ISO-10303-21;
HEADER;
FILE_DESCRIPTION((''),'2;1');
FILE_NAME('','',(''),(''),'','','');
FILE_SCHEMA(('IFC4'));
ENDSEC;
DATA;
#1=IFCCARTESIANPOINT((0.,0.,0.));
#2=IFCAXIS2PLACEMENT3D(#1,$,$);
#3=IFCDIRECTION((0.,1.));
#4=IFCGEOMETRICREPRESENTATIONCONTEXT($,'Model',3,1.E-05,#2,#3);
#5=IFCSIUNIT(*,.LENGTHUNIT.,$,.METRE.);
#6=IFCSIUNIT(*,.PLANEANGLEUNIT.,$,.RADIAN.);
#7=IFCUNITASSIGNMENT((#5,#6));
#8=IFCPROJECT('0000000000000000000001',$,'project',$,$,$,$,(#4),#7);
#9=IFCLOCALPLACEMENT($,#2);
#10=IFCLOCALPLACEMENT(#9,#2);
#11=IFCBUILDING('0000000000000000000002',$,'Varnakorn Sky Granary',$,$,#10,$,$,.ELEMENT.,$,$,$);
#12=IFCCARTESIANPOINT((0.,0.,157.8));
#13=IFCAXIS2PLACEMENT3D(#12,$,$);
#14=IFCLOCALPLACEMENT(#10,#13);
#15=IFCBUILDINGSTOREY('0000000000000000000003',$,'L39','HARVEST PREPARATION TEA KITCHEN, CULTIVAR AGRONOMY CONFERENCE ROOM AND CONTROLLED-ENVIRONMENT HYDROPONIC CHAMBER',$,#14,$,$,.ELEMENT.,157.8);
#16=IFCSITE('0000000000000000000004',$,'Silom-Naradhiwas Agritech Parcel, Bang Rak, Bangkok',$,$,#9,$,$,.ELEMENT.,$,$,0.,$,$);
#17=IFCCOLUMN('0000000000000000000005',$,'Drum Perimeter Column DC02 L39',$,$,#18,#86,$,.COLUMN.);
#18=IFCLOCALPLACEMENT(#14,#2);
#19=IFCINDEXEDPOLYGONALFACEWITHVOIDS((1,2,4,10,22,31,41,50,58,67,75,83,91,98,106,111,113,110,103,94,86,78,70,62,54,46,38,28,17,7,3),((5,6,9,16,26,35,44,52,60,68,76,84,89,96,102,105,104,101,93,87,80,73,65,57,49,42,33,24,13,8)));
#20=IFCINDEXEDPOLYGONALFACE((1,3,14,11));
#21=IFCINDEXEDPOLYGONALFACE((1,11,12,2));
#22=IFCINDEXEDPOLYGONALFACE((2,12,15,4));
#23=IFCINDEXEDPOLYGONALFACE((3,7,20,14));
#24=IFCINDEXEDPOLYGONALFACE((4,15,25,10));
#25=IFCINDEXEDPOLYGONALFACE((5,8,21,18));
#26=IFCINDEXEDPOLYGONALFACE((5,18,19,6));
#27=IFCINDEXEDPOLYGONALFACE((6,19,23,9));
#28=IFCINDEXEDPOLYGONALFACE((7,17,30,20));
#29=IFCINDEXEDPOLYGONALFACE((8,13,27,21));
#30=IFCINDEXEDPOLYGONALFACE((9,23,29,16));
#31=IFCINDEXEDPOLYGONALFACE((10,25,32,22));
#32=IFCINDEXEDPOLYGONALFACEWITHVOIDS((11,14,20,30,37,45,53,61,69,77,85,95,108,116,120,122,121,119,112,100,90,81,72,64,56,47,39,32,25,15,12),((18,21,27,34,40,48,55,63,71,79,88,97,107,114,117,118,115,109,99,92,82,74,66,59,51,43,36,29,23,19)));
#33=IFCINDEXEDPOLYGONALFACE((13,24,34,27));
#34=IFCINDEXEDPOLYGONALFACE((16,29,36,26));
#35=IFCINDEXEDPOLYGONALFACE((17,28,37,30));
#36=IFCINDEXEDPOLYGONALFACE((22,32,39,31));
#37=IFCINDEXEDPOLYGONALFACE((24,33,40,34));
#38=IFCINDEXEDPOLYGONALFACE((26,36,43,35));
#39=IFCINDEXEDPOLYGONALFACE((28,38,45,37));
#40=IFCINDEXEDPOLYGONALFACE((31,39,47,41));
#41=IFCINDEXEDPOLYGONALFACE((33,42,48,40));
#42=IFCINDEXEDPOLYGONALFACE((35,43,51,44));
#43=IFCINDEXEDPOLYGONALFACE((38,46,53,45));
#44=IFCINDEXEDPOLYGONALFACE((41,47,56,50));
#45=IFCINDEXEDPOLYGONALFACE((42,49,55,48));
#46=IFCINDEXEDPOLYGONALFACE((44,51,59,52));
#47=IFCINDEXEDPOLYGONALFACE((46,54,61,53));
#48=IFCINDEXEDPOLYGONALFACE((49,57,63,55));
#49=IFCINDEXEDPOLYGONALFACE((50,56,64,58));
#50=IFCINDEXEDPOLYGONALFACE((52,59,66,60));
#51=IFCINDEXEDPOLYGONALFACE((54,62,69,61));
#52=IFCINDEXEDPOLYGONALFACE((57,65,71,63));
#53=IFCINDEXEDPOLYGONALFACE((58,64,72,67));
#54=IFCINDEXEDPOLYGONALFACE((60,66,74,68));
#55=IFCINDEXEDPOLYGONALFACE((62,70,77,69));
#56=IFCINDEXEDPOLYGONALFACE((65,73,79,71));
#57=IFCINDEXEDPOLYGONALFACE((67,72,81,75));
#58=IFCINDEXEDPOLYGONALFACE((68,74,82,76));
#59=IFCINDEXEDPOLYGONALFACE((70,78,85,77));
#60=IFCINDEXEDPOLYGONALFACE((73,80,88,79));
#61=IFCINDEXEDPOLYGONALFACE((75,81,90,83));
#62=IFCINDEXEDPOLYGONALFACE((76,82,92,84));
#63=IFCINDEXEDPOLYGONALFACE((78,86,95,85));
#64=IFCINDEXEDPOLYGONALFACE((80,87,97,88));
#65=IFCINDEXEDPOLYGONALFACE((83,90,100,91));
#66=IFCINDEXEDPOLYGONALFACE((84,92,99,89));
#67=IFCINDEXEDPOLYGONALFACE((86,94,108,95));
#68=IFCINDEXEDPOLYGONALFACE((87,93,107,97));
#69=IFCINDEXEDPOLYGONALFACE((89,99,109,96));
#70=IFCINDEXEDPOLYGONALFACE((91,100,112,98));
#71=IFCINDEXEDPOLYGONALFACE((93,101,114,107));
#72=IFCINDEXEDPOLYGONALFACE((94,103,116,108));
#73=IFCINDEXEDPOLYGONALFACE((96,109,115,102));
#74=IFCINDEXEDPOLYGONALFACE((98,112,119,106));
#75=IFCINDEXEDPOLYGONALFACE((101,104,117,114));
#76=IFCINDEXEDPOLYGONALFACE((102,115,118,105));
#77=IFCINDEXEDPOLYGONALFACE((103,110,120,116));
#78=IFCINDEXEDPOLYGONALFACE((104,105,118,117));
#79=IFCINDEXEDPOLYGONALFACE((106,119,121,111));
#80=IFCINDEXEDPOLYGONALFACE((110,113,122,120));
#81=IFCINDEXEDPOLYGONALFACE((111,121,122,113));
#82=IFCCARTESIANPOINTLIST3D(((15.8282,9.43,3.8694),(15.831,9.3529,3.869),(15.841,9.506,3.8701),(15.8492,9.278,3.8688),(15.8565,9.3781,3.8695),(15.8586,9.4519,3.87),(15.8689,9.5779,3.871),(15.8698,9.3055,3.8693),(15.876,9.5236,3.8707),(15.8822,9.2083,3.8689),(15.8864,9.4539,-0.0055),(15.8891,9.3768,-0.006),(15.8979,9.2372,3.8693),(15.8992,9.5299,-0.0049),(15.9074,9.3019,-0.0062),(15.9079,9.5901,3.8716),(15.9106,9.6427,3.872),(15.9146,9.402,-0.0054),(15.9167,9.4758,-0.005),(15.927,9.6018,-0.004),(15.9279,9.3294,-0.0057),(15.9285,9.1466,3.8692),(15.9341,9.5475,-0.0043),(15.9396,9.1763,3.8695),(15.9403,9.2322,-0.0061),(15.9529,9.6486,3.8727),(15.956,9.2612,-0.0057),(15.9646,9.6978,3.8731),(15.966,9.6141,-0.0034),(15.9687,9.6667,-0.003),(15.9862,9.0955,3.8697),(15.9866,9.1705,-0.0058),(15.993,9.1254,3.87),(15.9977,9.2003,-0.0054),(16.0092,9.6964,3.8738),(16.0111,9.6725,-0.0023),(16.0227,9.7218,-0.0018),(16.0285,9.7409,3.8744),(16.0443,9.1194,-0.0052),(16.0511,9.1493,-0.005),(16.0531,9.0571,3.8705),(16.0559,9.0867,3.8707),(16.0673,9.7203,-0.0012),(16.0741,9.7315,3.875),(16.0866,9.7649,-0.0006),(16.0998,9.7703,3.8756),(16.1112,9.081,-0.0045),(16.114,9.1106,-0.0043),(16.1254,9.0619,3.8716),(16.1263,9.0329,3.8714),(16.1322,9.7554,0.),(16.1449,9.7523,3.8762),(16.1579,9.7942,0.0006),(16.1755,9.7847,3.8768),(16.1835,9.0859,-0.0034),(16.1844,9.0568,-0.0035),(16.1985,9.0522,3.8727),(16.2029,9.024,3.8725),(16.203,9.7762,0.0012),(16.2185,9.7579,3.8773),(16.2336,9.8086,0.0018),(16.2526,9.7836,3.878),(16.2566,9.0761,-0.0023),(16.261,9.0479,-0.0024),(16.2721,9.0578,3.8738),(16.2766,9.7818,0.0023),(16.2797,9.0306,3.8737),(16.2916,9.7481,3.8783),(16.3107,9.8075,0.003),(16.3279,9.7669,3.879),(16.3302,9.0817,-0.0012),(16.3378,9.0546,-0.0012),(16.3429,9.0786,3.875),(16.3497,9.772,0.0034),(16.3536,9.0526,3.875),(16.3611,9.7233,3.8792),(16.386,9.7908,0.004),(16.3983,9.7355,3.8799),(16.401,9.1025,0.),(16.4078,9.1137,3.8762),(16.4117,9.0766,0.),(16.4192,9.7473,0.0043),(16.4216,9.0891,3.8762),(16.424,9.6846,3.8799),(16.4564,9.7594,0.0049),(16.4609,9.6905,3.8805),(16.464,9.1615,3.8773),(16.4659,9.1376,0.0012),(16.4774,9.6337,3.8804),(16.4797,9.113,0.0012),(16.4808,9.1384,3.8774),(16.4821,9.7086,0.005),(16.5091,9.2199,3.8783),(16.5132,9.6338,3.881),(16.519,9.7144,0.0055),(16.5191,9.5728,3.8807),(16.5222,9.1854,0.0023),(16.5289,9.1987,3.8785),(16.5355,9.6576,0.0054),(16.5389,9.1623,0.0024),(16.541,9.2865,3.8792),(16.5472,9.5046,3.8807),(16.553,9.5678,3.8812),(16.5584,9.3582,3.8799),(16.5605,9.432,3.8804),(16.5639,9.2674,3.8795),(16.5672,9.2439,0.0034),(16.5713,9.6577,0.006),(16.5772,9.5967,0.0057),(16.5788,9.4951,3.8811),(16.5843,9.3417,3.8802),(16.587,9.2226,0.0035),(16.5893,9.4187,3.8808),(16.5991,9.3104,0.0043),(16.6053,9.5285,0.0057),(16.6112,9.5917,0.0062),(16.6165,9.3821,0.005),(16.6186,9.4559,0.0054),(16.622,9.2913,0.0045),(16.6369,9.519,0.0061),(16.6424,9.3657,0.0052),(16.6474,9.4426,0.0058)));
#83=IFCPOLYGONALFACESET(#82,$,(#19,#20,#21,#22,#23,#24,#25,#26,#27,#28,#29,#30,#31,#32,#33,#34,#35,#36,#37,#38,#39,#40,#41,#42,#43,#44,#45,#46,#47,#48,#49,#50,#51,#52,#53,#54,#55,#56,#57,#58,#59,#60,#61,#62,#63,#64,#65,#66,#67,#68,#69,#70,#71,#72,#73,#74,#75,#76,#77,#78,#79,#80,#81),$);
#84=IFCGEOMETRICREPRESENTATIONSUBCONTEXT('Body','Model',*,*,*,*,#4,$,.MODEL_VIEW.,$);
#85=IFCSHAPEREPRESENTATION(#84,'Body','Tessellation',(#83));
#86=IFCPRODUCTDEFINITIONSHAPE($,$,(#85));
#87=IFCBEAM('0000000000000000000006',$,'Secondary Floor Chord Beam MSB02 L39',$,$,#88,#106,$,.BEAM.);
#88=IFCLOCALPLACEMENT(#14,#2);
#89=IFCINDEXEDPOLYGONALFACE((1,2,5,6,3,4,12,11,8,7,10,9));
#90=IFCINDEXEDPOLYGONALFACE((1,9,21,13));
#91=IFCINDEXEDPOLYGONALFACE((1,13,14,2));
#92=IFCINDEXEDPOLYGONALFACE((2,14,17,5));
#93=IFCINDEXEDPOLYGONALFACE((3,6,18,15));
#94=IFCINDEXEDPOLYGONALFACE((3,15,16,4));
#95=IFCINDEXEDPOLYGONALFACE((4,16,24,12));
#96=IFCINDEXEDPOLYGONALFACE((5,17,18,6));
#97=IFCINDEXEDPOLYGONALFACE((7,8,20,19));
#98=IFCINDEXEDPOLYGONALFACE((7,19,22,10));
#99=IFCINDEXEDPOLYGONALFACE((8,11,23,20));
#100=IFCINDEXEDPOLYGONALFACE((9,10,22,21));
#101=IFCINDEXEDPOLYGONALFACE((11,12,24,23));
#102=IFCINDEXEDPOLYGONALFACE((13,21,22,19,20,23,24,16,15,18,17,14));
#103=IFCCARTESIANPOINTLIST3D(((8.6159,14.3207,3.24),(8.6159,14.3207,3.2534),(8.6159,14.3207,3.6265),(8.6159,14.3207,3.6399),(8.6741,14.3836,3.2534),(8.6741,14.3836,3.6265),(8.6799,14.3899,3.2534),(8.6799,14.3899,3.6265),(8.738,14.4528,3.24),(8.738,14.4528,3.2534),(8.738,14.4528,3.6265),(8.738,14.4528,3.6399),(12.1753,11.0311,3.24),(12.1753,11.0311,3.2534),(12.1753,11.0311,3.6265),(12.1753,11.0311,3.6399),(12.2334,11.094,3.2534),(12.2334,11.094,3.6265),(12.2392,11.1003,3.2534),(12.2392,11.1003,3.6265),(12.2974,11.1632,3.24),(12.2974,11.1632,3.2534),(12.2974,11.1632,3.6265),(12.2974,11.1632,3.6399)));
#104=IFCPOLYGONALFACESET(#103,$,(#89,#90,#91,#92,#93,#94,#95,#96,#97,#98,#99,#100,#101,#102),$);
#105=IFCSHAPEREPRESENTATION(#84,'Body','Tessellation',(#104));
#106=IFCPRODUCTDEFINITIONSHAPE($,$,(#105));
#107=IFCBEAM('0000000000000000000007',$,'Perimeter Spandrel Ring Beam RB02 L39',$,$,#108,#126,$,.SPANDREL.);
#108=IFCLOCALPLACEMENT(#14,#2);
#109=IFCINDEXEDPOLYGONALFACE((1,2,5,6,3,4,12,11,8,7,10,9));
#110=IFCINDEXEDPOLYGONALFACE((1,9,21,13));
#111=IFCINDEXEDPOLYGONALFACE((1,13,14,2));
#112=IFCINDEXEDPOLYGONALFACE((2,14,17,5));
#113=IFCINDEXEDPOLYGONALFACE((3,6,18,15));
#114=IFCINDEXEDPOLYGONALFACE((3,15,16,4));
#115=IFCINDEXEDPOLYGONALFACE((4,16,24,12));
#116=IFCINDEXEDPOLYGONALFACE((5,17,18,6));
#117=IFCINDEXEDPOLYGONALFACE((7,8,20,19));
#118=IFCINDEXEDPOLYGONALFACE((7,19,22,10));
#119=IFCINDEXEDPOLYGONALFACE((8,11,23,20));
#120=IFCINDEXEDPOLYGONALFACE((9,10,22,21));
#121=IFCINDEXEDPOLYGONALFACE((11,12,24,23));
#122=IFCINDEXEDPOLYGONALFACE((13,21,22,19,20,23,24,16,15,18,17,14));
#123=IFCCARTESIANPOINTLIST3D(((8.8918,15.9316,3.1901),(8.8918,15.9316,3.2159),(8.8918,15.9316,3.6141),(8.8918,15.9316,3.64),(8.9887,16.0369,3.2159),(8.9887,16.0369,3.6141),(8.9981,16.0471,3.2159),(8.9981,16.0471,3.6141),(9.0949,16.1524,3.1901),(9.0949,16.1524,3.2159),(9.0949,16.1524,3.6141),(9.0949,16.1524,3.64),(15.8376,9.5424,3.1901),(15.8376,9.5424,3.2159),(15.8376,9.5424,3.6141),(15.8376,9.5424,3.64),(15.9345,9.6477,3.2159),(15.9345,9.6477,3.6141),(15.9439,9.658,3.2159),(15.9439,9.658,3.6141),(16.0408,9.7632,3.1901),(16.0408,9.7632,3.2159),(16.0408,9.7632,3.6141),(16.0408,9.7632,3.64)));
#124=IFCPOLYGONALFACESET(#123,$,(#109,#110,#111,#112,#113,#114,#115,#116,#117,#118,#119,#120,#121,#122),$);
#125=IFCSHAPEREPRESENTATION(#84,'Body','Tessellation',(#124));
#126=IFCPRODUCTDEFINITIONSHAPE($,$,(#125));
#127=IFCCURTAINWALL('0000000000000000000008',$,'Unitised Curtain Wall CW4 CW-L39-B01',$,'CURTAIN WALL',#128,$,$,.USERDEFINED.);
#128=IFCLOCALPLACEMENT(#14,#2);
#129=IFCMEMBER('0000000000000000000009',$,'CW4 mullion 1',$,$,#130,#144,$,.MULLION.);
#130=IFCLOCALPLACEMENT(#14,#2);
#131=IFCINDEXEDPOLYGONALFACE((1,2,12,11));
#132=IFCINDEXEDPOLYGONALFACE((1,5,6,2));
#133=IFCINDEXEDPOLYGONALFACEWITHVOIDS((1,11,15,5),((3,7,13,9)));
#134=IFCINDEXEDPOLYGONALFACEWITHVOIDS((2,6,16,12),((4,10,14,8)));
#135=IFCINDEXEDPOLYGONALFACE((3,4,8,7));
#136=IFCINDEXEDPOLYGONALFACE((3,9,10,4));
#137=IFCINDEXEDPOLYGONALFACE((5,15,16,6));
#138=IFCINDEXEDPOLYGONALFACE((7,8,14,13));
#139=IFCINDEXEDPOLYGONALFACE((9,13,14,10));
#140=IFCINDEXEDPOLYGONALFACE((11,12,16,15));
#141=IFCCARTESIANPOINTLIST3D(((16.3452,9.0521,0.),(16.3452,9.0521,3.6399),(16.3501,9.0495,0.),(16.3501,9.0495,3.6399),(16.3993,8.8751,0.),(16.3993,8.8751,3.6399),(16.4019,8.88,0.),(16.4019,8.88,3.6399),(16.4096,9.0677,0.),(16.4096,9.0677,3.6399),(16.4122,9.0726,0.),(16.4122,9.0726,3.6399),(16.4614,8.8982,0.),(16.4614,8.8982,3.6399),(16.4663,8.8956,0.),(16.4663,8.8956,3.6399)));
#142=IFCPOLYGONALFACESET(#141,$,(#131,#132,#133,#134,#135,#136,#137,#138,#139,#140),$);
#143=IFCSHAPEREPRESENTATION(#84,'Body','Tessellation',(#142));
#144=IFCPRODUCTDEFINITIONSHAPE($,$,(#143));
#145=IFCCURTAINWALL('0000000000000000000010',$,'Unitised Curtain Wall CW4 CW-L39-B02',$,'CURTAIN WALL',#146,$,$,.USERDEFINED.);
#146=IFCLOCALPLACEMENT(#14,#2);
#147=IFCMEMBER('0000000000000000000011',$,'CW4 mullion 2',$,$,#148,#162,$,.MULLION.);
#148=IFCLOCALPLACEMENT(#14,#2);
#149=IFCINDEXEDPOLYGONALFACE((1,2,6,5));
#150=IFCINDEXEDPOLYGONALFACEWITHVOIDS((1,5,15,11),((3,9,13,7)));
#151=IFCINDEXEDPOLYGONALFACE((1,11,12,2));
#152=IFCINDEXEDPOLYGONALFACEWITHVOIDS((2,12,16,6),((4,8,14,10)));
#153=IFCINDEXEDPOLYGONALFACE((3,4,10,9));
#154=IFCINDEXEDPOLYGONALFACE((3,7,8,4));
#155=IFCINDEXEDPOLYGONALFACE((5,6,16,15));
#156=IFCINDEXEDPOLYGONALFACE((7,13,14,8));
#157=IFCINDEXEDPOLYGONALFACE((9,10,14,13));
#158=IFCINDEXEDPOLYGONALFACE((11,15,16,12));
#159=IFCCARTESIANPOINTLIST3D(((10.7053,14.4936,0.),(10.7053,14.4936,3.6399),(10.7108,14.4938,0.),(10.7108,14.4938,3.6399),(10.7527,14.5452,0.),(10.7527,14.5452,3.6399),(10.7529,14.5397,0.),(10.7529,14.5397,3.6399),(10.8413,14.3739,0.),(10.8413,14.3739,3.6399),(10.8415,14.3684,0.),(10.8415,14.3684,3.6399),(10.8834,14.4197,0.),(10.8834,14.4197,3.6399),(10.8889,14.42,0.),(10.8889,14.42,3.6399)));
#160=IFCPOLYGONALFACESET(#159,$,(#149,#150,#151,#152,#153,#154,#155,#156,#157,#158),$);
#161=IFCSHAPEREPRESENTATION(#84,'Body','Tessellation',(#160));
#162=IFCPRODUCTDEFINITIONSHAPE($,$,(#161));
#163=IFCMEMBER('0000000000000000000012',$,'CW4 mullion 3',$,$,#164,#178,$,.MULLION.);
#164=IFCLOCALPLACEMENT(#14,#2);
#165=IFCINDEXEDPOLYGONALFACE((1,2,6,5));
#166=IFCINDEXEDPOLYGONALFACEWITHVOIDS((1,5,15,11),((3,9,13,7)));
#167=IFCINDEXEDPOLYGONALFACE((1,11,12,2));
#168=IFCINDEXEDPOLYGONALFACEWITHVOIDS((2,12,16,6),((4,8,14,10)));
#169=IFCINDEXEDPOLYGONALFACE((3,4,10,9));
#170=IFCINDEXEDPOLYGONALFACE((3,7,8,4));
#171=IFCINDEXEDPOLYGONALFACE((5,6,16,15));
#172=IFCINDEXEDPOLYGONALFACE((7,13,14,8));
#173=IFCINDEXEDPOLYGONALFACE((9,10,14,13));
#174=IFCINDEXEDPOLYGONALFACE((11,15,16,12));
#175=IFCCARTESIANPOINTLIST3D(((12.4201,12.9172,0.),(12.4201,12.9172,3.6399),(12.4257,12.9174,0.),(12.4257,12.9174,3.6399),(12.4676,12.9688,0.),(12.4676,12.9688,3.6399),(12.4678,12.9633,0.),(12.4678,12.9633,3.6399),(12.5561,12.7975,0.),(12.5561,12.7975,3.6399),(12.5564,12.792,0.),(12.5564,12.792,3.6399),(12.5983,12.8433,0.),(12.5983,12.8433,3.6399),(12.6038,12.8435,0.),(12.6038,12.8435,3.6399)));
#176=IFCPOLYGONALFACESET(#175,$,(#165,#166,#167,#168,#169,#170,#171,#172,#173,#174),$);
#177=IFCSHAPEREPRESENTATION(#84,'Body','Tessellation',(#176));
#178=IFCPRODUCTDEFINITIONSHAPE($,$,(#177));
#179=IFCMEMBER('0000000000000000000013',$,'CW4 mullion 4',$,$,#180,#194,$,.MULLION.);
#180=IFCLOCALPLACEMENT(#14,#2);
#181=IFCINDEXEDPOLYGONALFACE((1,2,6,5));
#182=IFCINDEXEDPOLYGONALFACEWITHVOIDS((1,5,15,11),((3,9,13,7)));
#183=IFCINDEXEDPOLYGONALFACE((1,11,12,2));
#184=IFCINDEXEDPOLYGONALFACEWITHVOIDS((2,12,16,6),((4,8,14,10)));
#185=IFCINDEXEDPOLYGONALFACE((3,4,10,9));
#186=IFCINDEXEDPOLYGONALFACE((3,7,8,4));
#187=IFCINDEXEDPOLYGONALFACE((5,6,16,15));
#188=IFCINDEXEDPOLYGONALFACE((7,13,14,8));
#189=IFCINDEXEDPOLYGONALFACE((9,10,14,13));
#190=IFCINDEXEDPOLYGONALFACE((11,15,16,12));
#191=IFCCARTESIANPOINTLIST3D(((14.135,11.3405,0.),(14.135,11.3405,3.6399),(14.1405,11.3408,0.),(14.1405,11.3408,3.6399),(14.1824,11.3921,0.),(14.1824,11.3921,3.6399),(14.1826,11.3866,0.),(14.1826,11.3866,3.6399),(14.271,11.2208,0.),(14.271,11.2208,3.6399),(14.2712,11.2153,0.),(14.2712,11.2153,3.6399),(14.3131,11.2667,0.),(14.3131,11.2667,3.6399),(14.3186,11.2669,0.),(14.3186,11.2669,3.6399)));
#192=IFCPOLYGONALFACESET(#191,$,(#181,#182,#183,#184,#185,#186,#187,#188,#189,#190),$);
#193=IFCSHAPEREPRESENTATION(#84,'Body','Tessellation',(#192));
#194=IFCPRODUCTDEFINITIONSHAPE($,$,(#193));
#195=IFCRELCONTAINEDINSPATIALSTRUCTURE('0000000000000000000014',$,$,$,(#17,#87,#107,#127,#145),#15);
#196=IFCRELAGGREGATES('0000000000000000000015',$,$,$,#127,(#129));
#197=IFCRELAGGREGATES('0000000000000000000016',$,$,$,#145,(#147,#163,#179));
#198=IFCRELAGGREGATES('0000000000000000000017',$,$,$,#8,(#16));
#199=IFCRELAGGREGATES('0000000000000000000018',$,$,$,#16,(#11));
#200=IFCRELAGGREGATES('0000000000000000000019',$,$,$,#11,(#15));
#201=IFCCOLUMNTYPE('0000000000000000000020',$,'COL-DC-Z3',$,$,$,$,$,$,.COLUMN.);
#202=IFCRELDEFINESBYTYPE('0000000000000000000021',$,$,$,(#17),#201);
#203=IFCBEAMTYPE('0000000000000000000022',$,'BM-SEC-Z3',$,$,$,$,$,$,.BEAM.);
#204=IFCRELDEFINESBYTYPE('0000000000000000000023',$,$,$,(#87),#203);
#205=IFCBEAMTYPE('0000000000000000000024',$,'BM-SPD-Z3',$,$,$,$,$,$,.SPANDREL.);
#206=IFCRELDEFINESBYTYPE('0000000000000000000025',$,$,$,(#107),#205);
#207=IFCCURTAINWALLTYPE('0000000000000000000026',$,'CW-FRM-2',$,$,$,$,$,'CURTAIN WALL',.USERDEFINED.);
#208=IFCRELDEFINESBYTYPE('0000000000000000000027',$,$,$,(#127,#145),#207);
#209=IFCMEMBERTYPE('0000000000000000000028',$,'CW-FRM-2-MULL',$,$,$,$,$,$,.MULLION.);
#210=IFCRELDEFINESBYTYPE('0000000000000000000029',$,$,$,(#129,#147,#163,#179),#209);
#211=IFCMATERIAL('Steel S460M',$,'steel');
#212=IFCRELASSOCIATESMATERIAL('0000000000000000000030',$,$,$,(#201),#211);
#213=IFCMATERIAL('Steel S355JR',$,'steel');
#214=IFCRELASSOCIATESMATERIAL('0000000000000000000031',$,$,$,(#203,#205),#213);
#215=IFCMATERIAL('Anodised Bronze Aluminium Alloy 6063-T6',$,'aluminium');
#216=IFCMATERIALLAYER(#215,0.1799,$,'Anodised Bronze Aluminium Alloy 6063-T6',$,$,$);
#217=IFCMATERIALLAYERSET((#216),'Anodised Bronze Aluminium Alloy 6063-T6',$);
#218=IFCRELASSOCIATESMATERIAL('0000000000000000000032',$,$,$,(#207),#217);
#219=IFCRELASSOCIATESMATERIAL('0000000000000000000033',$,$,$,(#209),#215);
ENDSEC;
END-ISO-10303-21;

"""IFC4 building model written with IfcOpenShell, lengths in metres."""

from ifc_helpers import new_model, si_unit, direction, frame, origin, origin_2d, place, context, subcontext, project, spatial, hollow_rectangle, hollow_circle, i_section, extrude, material, layer, layer_set, material_profile, profile_set, type_object, element, aggregate, save


model = new_model("IFC4")

# Units and contexts
model_context = context("Model", 3, precision=1e-05, world=origin(), true_north=direction((0.0, 1.0)))
body_context = subcontext(model_context, "Body", "Model", "MODEL_VIEW")
ifc_project = project(units=[si_unit("LENGTHUNIT", "METRE"), si_unit("PLANEANGLEUNIT", "RADIAN")], contexts=[model_context])

# Site, building, storey
site_placement = place(None, origin())
site = spatial("IfcSite", under=ifc_project, at=site_placement, Name="Silom-Naradhiwas Agritech Parcel, Bang Rak, Bangkok", CompositionType="ELEMENT", RefElevation=0.0)
building_placement = place(site_placement, origin())
building = spatial("IfcBuilding", under=site, at=building_placement, Name="Varnakorn Sky Granary", CompositionType="ELEMENT")
storey_placement = place(building_placement, frame((0.0, 0.0, 157.8)))
storey = spatial("IfcBuildingStorey", under=building, at=storey_placement, Name="L39", Description="HARVEST PREPARATION TEA KITCHEN, CULTIVAR AGRONOMY CONFERENCE ROOM AND CONTROLLED-ENVIRONMENT HYDROPONIC CHAMBER", CompositionType="ELEMENT", Elevation=157.8)

# Column
ifc_material_1 = material(Name="Steel S460M", Category="steel")
ifc_material_profile_1 = material_profile(ifc_material_1, hollow_circle(Radius=0.3811, WallThickness=0.0281, at=origin_2d()), Name="CHS 762x28")
ifc_profile_set_1 = profile_set([ifc_material_profile_1], Name="Steel S460M")
column_type = type_object("IfcColumnType", Name="COL-DC-Z3", PredefinedType="COLUMN", material=ifc_profile_set_1)
column_placement = place(storey_placement, frame((16.2666, 9.429, 0.0), z_axis=(-0.014993, -0.006174, 0.999869), x_axis=(0.38075, -0.924678, 0.0)))
element("IfcColumn", 1, at=column_placement, inside=storey, type_object=column_type, Name="Drum Perimeter Column DC02 L39", PredefinedType="COLUMN", context=body_context, shape_type="SweptSolid", body=[
    extrude(hollow_circle(Radius=0.3811, WallThickness=0.0281, at=origin_2d()), origin(), (0.0, 0.0, 1.0), 3.8755),
])

# Beams
ifc_material_2 = material(Name="Steel S355JR", Category="steel")
ifc_material_profile_2 = material_profile(ifc_material_2, i_section(OverallWidth=0.1799, OverallDepth=0.3999, WebThickness=0.0085, FlangeThickness=0.0134, at=origin_2d()), Name="IPE 400")
ifc_profile_set_2 = profile_set([ifc_material_profile_2], Name="Steel S355JR")
beam_type_1 = type_object("IfcBeamType", Name="BM-SEC-Z3", PredefinedType="BEAM", material=ifc_profile_set_2)
beam_1_placement = place(storey_placement, frame((12.2363, 11.0972, 3.4399), z_axis=(-0.73439, 0.678728, 0.0), x_axis=(-0.678728, -0.73439, 0.0)))
element("IfcBeam", 2, at=beam_1_placement, inside=storey, type_object=beam_type_1, Name="Secondary Floor Chord Beam MSB02 L39", PredefinedType="BEAM", context=body_context, shape_type="SweptSolid", body=[
    extrude(i_section(OverallWidth=0.1799, OverallDepth=0.3999, WebThickness=0.0085, FlangeThickness=0.0134, at=origin_2d()), origin(), (0.0, 0.0, 1.0), 4.8467),
])
ifc_material_profile_3 = material_profile(ifc_material_2, i_section(OverallWidth=0.3, OverallDepth=0.45, WebThickness=0.0139, FlangeThickness=0.0259, at=origin_2d()), Name="HE 450 B")
ifc_profile_set_3 = profile_set([ifc_material_profile_3], Name="Steel S355JR")
beam_type_2 = type_object("IfcBeamType", Name="BM-SPD-Z3", PredefinedType="SPANDREL", material=ifc_profile_set_3)
beam_2_placement = place(storey_placement, frame((15.9392, 9.6528, 3.415), z_axis=(-0.735983, 0.677, 0.0), x_axis=(-0.677, -0.735983, 0.0)))
element("IfcBeam", 3, at=beam_2_placement, inside=storey, type_object=beam_type_2, Name="Perimeter Spandrel Ring Beam RB02 L39", PredefinedType="SPANDREL", context=body_context, shape_type="SweptSolid", body=[
    extrude(i_section(OverallWidth=0.3, OverallDepth=0.45, WebThickness=0.0139, FlangeThickness=0.0259, at=origin_2d()), origin(), (0.0, 0.0, 1.0), 9.4375),
])

# Curtain wall, member
ifc_material_3 = material(Name="Anodised Bronze Aluminium Alloy 6063-T6", Category="aluminium")
ifc_layer_1 = layer(ifc_material_3, 0.1799, Name="Anodised Bronze Aluminium Alloy 6063-T6")
ifc_layer_set_1 = layer_set([ifc_layer_1], Name="Anodised Bronze Aluminium Alloy 6063-T6")
curtain_wall_type = type_object("IfcCurtainWallType", Name="CW-FRM-2", ElementType="CURTAIN WALL", PredefinedType="USERDEFINED", material=ifc_layer_set_1)
curtain_wall_1_placement = place(storey_placement, origin())
curtain_wall_1 = element("IfcCurtainWall", 4, at=curtain_wall_1_placement, inside=storey, type_object=curtain_wall_type, Name="Unitised Curtain Wall CW4 CW-L39-B01", ObjectType="CURTAIN WALL", PredefinedType="USERDEFINED")
ifc_material_profile_4 = material_profile(ifc_material_3, hollow_rectangle(XDim=0.0701, YDim=0.1851, WallThickness=0.0039, at=origin_2d()), Name="ALU MULL 70x185")
ifc_profile_set_4 = profile_set([ifc_material_profile_4], Name="Anodised Bronze Aluminium Alloy 6063-T6")
member_type_1 = type_object("IfcMemberType", Name="CW-FRM-2-MULL", PredefinedType="MULLION", material=ifc_profile_set_4)
member_1_placement = place(storey_placement, frame((16.4058, 8.9739, 0.0), z_axis=(0.0, 0.0, 1.0), x_axis=(0.956285, 0.292435, 0.0)))
member_1 = element("IfcMember", 5, at=member_1_placement, type_object=member_type_1, Name="CW4 mullion 1", PredefinedType="MULLION", context=body_context, shape_type="SweptSolid", body=[
    extrude(hollow_rectangle(XDim=0.0701, YDim=0.1851, WallThickness=0.0039, at=origin_2d()), origin(), (0.0, 0.0, 1.0), 3.6399),
])

# Curtain wall, members
curtain_wall_2_placement = place(storey_placement, origin())
curtain_wall_2 = element("IfcCurtainWall", 6, at=curtain_wall_2_placement, inside=storey, type_object=curtain_wall_type, Name="Unitised Curtain Wall CW4 CW-L39-B02", ObjectType="CURTAIN WALL", PredefinedType="USERDEFINED")
member_2_placement = place(storey_placement, frame((10.7971, 14.4568, 0.0), z_axis=(0.0, 0.0, 1.0), x_axis=(0.676758, 0.736205, 0.0)))
member_2 = element("IfcMember", 7, at=member_2_placement, type_object=member_type_1, Name="CW4 mullion 2", PredefinedType="MULLION", context=body_context, shape_type="SweptSolid", body=[
    extrude(hollow_rectangle(XDim=0.0701, YDim=0.1851, WallThickness=0.0039, at=origin_2d()), origin(), (0.0, 0.0, 1.0), 3.6399),
])
member_3_placement = place(storey_placement, frame((12.512, 12.8804, 0.0), z_axis=(0.0, 0.0, 1.0), x_axis=(0.676758, 0.736205, 0.0)))
member_3 = element("IfcMember", 8, at=member_3_placement, type_object=member_type_1, Name="CW4 mullion 3", PredefinedType="MULLION", context=body_context, shape_type="SweptSolid", body=[
    extrude(hollow_rectangle(XDim=0.0701, YDim=0.1851, WallThickness=0.0039, at=origin_2d()), origin(), (0.0, 0.0, 1.0), 3.6399),
])
member_4_placement = place(storey_placement, frame((14.2268, 11.3037, 0.0), z_axis=(0.0, 0.0, 1.0), x_axis=(0.676758, 0.736205, 0.0)))
member_4 = element("IfcMember", 9, at=member_4_placement, type_object=member_type_1, Name="CW4 mullion 4", PredefinedType="MULLION", context=body_context, shape_type="SweptSolid", body=[
    extrude(hollow_rectangle(XDim=0.0701, YDim=0.1851, WallThickness=0.0039, at=origin_2d()), origin(), (0.0, 0.0, 1.0), 3.6399),
])

aggregate(curtain_wall_1, [member_1])

aggregate(curtain_wall_2, [member_2, member_3, member_4])

save(model, "model.ifc")
